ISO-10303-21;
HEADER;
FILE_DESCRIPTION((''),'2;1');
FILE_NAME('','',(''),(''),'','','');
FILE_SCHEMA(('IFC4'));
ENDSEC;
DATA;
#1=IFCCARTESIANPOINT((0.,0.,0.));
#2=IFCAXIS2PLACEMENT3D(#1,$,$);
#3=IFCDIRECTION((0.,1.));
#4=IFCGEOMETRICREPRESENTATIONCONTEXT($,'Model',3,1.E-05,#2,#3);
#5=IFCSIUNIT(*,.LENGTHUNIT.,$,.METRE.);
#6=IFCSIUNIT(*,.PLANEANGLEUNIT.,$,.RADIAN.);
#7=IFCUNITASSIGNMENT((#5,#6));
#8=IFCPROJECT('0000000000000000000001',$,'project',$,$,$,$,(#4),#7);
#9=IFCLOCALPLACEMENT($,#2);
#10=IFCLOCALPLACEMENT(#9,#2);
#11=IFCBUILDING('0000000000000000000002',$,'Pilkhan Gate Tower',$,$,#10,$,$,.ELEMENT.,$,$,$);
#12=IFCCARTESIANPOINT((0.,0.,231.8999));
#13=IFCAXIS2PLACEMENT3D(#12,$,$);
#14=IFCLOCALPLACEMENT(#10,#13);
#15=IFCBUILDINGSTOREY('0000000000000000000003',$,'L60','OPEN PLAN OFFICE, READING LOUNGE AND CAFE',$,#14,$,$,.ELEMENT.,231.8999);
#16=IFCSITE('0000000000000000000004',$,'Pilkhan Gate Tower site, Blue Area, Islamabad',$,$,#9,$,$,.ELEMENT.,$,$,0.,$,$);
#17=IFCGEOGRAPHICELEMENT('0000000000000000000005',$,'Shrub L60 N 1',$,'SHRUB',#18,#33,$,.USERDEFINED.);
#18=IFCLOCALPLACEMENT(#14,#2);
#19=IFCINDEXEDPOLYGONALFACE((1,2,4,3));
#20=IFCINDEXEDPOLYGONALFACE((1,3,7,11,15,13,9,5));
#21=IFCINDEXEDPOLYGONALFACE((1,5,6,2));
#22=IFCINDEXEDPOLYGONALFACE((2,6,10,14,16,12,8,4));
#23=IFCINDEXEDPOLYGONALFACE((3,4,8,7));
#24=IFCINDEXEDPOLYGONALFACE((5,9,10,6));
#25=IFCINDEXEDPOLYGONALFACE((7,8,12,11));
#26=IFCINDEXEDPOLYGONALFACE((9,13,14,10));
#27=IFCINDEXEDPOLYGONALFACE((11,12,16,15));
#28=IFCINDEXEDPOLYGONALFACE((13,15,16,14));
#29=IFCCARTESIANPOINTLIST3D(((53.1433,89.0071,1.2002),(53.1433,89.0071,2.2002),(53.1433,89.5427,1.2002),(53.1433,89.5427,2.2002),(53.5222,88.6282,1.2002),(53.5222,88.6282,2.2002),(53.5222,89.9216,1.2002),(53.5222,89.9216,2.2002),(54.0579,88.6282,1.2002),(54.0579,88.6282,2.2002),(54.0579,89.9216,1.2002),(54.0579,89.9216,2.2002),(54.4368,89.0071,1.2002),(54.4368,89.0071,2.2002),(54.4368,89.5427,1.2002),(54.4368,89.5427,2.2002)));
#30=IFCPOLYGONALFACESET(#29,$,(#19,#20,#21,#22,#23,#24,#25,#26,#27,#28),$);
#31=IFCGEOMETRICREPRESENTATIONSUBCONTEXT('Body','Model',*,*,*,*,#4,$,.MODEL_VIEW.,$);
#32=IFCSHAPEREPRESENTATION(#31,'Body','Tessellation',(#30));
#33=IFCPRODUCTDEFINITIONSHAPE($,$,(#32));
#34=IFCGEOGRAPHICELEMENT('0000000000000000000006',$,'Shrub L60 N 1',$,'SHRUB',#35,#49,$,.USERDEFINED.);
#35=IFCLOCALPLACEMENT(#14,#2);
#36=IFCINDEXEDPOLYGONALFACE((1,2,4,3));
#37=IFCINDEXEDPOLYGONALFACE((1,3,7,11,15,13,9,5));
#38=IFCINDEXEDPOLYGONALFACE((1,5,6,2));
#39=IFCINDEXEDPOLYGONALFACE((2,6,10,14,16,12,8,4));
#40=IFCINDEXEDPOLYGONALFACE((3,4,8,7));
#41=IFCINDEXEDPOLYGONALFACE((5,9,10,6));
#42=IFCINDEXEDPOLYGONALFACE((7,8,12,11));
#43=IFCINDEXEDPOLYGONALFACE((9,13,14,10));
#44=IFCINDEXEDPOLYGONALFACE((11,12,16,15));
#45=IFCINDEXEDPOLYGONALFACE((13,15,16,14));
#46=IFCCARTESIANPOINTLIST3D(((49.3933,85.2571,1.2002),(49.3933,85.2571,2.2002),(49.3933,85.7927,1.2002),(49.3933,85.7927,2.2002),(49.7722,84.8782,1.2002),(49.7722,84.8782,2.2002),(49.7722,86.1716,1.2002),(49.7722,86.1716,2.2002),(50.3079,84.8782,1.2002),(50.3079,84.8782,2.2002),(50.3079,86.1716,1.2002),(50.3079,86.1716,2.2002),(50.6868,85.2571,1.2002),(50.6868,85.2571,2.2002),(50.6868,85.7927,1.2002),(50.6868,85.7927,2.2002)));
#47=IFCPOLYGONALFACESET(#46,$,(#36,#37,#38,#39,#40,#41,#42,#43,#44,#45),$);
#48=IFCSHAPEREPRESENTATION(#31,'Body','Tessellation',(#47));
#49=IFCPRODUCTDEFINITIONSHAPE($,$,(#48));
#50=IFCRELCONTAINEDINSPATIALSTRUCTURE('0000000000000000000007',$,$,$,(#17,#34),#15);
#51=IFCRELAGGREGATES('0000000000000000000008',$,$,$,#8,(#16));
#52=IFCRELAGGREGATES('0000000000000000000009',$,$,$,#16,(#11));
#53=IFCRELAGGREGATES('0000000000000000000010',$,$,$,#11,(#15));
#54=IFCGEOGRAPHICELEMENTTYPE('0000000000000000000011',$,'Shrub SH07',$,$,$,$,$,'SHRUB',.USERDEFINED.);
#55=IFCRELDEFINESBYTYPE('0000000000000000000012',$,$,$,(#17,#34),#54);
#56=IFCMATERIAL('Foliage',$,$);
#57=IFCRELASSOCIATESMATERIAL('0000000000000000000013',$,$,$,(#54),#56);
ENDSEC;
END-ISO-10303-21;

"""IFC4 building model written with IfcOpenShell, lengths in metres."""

from ifc_helpers import new_model, si_unit, direction, frame, origin, place, context, subcontext, project, spatial, polyline, outline, extrude, material, material_profile, profile_set, type_object, element, save


model = new_model("IFC4")

# Units and contexts
model_context = context("Model", 3, precision=1e-05, world=origin(), true_north=direction((0.0, 1.0)))
body_context = subcontext(model_context, "Body", "Model", "MODEL_VIEW")
ifc_project = project(units=[si_unit("LENGTHUNIT", "METRE"), si_unit("PLANEANGLEUNIT", "RADIAN")], contexts=[model_context])

# Site, building, storey
site_placement = place(None, origin())
site = spatial("IfcSite", under=ifc_project, at=site_placement, Name="Pilkhan Gate Tower site, Blue Area, Islamabad", CompositionType="ELEMENT", RefElevation=0.0)
building_placement = place(site_placement, origin())
building = spatial("IfcBuilding", under=site, at=building_placement, Name="Pilkhan Gate Tower", CompositionType="ELEMENT")
storey_placement = place(building_placement, frame((0.0, 0.0, 231.8999)))
storey = spatial("IfcBuildingStorey", under=building, at=storey_placement, Name="L60", Description="OPEN PLAN OFFICE, READING LOUNGE AND CAFE", CompositionType="ELEMENT", Elevation=231.8999)

# Geographic elements
ifc_material_1 = material(Name="Foliage")
ifc_material_profile_1 = material_profile(ifc_material_1, outline(polyline([(0.6467, 0.2678), (0.2678, 0.6467), (-0.2678, 0.6467), (-0.6467, 0.2678), (-0.6467, -0.2678), (-0.2678, -0.6467), (0.2678, -0.6467), (0.6467, -0.2678), (0.6467, 0.2678)])), Name="Shrub D1.4")
ifc_profile_set_1 = profile_set([ifc_material_profile_1], Name="Foliage")
geographic_element_type_1 = type_object("IfcGeographicElementType", Name="Shrub SH07", ElementType="SHRUB", PredefinedType="USERDEFINED", material=ifc_profile_set_1)
for number, where, z_axis, x_axis, name in (
    (1, (53.79, 89.2749, 1.2002), (0.0, 0.0, 1.0), (1.0, 0.0, 0.0), "Shrub L60 N 1"),
    (2, (50.04, 85.5249, 1.2002), (0.0, 0.0, 1.0), (1.0, 0.0, 0.0), "Shrub L60 N 1"),
):
    element("IfcGeographicElement", number, at=place(storey_placement, frame(where, z_axis=z_axis, x_axis=x_axis)), inside=storey, type_object=geographic_element_type_1, Name=name, ObjectType="SHRUB", PredefinedType="USERDEFINED", context=body_context, shape_type="SweptSolid", body=[
        extrude(outline(polyline([(0.6467, 0.2678), (0.2678, 0.6467), (-0.2678, 0.6467), (-0.6467, 0.2678), (-0.6467, -0.2678), (-0.2678, -0.6467), (0.2678, -0.6467), (0.6467, -0.2678), (0.6467, 0.2678)])), origin(), (0.0, 0.0, 1.0), 1.0),
    ])

save(model, "model.ifc")
